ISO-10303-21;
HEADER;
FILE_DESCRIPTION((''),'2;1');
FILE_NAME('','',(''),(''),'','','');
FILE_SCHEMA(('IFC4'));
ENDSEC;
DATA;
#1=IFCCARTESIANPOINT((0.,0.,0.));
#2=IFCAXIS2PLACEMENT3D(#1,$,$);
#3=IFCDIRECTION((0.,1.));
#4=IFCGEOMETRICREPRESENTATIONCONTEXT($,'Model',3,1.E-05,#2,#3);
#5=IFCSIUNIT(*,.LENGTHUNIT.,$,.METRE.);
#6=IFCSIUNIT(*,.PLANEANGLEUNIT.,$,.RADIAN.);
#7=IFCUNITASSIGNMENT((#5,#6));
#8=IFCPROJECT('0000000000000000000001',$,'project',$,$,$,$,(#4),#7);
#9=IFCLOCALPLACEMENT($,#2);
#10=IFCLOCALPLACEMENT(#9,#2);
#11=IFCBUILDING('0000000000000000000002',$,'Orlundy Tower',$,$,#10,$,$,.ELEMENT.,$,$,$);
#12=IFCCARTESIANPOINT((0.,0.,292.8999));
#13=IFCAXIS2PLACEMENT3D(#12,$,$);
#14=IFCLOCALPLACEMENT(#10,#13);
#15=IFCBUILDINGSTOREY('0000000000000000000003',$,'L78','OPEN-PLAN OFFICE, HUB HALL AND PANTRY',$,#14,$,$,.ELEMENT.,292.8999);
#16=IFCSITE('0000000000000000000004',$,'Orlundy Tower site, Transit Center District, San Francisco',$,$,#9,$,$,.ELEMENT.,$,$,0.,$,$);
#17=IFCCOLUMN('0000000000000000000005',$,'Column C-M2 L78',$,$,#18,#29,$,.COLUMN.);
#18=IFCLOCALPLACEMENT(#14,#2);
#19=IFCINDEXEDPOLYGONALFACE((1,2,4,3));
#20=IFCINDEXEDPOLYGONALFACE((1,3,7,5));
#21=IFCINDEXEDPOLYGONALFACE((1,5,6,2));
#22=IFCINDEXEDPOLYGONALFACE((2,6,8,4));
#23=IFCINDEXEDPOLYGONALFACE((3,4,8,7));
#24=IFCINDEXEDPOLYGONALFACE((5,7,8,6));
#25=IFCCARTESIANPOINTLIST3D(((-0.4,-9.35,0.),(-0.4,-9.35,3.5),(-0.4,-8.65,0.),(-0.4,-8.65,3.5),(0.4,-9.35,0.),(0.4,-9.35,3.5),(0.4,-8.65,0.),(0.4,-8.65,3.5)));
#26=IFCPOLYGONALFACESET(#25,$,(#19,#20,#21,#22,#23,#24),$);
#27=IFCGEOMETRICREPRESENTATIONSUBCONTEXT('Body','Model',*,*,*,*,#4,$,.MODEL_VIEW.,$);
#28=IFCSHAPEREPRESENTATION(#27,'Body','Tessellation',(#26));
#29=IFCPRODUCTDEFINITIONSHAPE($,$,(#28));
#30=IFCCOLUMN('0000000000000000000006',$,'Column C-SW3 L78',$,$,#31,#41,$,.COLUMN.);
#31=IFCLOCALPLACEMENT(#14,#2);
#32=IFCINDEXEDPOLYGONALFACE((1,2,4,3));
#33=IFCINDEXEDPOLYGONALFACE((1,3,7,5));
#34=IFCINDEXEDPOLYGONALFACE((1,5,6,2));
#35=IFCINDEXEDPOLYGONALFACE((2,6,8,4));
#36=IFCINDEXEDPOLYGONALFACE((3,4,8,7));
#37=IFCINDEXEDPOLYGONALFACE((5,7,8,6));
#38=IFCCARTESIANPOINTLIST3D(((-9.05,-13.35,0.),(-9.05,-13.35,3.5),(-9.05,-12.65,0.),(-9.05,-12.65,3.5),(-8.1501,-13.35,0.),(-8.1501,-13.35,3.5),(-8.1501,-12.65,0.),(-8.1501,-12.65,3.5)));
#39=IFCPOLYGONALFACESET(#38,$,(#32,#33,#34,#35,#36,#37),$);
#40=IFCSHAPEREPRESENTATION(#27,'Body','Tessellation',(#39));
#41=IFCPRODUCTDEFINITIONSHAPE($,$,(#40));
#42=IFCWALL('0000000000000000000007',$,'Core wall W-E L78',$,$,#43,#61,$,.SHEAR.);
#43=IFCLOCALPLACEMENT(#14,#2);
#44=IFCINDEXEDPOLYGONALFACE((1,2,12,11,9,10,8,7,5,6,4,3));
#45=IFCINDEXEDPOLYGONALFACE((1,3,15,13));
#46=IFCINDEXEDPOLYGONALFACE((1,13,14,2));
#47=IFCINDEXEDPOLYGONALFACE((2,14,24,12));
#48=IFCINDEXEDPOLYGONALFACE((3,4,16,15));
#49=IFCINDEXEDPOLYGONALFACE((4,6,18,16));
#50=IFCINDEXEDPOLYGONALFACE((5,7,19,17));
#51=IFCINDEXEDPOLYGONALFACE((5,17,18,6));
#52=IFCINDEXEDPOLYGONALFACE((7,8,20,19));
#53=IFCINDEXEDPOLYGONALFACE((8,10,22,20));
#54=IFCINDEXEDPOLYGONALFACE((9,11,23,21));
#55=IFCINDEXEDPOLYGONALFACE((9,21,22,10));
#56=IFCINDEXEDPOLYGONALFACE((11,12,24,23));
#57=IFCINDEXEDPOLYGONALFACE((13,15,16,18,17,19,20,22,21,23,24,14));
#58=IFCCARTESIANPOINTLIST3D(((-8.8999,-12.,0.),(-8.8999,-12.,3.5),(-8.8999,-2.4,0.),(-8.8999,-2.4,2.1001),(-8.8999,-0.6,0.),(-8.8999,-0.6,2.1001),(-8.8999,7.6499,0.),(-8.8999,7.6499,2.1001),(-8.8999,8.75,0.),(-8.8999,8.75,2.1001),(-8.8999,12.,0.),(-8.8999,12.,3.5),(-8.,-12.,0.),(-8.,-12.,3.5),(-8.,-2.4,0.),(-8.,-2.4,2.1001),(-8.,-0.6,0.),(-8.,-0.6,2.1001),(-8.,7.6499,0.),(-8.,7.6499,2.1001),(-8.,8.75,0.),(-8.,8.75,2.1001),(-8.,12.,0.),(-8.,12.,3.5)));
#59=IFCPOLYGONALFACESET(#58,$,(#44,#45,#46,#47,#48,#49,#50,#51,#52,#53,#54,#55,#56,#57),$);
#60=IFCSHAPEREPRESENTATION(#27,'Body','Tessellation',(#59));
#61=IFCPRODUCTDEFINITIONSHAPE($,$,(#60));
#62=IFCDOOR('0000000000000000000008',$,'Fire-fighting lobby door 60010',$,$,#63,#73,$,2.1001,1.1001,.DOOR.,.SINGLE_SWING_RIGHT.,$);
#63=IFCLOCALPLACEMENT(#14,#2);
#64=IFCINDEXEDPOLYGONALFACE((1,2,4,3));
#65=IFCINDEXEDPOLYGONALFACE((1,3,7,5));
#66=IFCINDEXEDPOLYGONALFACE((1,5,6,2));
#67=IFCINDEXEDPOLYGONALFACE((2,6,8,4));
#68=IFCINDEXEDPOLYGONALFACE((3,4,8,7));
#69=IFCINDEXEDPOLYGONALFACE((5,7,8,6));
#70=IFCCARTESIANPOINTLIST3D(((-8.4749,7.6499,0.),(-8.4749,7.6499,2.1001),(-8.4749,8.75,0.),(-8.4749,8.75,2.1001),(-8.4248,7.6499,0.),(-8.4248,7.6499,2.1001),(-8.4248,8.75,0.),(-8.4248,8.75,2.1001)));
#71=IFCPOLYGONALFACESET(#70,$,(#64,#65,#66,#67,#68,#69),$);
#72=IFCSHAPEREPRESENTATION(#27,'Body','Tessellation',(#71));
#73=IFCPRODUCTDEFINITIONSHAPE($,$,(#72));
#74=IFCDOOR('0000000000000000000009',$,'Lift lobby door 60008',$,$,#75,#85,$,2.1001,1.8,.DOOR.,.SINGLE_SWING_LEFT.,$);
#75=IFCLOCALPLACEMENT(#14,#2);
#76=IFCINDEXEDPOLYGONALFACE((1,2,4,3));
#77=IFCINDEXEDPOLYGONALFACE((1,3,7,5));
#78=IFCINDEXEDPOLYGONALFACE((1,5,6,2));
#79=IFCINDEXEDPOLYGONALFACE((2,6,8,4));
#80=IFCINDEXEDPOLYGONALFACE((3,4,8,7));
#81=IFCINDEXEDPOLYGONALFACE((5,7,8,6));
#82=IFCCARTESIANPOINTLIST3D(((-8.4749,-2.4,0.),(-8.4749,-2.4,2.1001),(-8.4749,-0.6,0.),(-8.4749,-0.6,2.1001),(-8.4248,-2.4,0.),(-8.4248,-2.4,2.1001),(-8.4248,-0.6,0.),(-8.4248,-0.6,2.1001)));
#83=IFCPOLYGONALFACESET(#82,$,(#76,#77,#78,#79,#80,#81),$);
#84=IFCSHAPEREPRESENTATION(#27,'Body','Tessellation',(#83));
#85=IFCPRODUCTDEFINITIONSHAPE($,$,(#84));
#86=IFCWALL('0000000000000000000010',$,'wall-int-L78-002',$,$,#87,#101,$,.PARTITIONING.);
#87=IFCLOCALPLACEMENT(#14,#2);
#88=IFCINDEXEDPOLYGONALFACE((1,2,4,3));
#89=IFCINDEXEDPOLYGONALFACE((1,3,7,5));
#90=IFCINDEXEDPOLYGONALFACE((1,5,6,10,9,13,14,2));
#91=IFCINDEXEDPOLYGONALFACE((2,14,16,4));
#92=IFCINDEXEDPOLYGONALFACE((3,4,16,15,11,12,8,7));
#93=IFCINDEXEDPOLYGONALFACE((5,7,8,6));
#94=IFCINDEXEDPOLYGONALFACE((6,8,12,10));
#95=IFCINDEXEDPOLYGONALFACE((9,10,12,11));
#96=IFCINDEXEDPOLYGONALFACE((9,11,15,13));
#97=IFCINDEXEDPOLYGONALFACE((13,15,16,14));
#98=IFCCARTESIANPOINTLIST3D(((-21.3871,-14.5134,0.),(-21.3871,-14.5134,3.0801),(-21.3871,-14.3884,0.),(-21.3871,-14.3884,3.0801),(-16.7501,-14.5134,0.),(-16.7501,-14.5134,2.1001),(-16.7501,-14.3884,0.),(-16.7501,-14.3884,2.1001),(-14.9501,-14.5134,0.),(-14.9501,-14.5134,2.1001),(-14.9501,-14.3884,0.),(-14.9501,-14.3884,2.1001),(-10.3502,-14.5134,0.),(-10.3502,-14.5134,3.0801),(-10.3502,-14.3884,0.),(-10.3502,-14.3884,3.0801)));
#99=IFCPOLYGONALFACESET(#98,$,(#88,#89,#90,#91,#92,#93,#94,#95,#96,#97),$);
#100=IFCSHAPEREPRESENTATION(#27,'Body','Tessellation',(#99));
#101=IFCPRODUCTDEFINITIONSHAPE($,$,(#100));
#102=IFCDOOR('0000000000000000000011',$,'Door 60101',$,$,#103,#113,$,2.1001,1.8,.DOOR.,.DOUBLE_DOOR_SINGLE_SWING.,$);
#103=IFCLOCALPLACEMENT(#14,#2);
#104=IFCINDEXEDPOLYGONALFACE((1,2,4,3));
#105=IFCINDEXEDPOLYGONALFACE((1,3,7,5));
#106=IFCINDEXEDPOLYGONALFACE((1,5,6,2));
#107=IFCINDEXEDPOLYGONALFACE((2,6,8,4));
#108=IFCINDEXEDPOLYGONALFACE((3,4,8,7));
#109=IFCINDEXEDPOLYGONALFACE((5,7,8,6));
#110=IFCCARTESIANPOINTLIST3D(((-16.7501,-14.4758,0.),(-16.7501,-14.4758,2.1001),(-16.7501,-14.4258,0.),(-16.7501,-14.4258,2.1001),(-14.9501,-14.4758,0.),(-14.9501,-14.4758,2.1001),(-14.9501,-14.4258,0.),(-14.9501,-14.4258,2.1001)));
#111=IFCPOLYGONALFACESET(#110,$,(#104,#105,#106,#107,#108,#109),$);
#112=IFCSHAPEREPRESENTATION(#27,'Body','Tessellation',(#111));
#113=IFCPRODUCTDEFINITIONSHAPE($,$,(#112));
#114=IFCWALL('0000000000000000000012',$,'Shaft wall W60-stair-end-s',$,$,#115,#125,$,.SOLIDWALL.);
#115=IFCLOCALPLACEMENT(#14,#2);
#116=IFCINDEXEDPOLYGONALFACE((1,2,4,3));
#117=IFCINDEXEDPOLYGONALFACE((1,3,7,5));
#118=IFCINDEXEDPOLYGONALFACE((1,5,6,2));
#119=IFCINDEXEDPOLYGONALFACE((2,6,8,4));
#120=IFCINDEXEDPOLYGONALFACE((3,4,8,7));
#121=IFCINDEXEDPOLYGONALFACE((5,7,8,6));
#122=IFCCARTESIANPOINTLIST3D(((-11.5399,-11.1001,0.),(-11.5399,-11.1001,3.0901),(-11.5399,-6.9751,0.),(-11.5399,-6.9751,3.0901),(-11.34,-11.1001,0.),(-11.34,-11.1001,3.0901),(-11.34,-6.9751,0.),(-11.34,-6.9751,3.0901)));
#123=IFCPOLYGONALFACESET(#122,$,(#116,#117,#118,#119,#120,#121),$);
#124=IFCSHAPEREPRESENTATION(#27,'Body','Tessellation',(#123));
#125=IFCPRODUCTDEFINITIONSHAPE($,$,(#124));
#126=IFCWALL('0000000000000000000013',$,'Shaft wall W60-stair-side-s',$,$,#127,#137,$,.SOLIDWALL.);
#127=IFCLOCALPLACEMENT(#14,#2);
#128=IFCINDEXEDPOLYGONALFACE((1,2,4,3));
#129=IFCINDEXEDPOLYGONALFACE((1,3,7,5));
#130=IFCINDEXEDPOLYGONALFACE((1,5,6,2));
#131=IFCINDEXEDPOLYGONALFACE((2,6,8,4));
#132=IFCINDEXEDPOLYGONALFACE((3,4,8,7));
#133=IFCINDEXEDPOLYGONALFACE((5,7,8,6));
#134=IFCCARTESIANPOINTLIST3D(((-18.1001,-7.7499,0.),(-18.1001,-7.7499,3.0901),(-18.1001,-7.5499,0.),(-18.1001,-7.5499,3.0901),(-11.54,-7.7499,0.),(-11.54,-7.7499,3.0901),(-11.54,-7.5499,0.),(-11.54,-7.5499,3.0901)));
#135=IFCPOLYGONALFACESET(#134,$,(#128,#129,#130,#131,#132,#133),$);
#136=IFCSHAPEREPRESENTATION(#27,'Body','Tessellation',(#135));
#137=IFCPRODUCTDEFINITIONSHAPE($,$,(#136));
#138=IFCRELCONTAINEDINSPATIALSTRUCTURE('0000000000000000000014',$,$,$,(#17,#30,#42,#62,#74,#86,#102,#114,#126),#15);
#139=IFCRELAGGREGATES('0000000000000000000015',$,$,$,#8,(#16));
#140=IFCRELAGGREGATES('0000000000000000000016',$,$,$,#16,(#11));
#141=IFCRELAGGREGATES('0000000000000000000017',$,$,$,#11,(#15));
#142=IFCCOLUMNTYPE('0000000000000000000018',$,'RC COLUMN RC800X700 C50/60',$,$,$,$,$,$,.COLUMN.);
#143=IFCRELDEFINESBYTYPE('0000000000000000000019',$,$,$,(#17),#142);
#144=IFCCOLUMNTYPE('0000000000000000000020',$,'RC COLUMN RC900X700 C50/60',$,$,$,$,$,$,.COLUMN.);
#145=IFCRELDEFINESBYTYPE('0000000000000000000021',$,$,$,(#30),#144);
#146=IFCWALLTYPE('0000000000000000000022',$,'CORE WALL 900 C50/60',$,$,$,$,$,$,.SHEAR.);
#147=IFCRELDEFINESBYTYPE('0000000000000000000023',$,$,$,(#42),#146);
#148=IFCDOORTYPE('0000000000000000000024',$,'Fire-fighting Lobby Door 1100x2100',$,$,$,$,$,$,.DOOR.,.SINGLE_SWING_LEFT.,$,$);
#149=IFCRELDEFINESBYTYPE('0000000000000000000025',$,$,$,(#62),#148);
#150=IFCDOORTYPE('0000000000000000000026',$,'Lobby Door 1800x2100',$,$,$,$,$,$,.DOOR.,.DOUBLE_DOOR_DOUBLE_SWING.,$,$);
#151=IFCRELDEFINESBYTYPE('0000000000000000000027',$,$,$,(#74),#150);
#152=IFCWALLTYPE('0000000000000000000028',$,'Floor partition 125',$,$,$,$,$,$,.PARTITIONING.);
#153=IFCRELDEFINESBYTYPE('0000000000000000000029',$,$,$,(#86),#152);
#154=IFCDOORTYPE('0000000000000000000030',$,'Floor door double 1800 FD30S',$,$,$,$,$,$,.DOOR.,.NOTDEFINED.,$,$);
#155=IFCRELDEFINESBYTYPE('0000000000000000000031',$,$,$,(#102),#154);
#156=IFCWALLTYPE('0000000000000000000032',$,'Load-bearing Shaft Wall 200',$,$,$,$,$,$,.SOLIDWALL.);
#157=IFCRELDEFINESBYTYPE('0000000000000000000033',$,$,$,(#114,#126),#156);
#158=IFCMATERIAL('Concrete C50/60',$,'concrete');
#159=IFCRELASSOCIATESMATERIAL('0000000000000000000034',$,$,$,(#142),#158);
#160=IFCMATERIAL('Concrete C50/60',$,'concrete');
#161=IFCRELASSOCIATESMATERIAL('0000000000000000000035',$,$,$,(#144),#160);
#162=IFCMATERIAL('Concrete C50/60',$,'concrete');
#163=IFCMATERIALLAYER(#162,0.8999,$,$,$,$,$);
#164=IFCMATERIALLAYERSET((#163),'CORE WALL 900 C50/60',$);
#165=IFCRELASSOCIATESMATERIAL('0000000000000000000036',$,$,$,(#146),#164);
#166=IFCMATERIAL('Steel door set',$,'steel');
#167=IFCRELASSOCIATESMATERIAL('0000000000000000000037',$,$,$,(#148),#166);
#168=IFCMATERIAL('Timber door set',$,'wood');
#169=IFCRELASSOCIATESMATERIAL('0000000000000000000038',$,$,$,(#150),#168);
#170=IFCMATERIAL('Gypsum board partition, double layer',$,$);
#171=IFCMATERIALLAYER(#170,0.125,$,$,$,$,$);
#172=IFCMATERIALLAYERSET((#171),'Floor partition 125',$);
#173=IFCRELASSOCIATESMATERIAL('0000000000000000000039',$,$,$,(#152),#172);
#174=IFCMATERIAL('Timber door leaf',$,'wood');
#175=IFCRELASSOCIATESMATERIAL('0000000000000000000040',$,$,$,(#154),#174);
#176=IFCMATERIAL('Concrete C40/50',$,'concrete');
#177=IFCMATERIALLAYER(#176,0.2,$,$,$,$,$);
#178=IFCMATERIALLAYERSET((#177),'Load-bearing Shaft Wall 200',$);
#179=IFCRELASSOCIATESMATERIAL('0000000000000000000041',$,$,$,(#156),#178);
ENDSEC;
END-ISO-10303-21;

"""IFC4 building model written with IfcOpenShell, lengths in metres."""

from ifc_helpers import new_model, si_unit, direction, frame, frame_2d, origin, origin_2d, place, context, subcontext, project, spatial, rectangle, extrude, material, layer, layer_set, material_profile, profile_set, type_object, element, fill, save


model = new_model("IFC4")

# Units and contexts
model_context = context("Model", 3, precision=1e-05, world=origin(), true_north=direction((0.0, 1.0)))
body_context = subcontext(model_context, "Body", "Model", "MODEL_VIEW")
ifc_project = project(units=[si_unit("LENGTHUNIT", "METRE"), si_unit("PLANEANGLEUNIT", "RADIAN")], contexts=[model_context])

# Site, building, storey
site_placement = place(None, origin())
site = spatial("IfcSite", under=ifc_project, at=site_placement, Name="Orlundy Tower site, Transit Center District, San Francisco", CompositionType="ELEMENT", RefElevation=0.0)
building_placement = place(site_placement, origin())
building = spatial("IfcBuilding", under=site, at=building_placement, Name="Orlundy Tower", CompositionType="ELEMENT")
storey_placement = place(building_placement, frame((0.0, 0.0, 292.8999)))
storey = spatial("IfcBuildingStorey", under=building, at=storey_placement, Name="L78", Description="OPEN-PLAN OFFICE, HUB HALL AND PANTRY", CompositionType="ELEMENT", Elevation=292.8999)

# Columns
ifc_material_1 = material(Name="Concrete C50/60", Category="concrete")
ifc_material_profile_1 = material_profile(ifc_material_1, rectangle(XDim=0.8, YDim=0.7, at=origin_2d()), Name="RC800X700")
ifc_profile_set_1 = profile_set([ifc_material_profile_1], Name="Concrete C50/60")
column_type_1 = type_object("IfcColumnType", Name="RC COLUMN RC800X700 C50/60", PredefinedType="COLUMN", material=ifc_profile_set_1)
column_1_placement = place(storey_placement, frame((0.0, -9.0, 0.0), z_axis=(0.0, 0.0, 1.0), x_axis=(1.0, 0.0, 0.0)))
element("IfcColumn", 1, at=column_1_placement, inside=storey, type_object=column_type_1, Name="Column C-M2 L78", PredefinedType="COLUMN", context=body_context, shape_type="SweptSolid", body=[
    extrude(rectangle(XDim=0.8, YDim=0.7, at=origin_2d()), origin(), (0.0, 0.0, 1.0), 3.5),
])
ifc_material_2 = material(Name="Concrete C50/60", Category="concrete")
ifc_material_profile_2 = material_profile(ifc_material_2, rectangle(XDim=0.8999, YDim=0.7, at=origin_2d()), Name="RC900X700")
ifc_profile_set_2 = profile_set([ifc_material_profile_2], Name="Concrete C50/60")
column_type_2 = type_object("IfcColumnType", Name="RC COLUMN RC900X700 C50/60", PredefinedType="COLUMN", material=ifc_profile_set_2)
column_2_placement = place(storey_placement, frame((-8.6001, -13.0, 0.0), z_axis=(0.0, 0.0, 1.0), x_axis=(1.0, 0.0, 0.0)))
element("IfcColumn", 2, at=column_2_placement, inside=storey, type_object=column_type_2, Name="Column C-SW3 L78", PredefinedType="COLUMN", context=body_context, shape_type="SweptSolid", body=[
    extrude(rectangle(XDim=0.8999, YDim=0.7, at=origin_2d()), origin(), (0.0, 0.0, 1.0), 3.5),
])

# Wall, openings, doors
ifc_material_3 = material(Name="Concrete C50/60", Category="concrete")
ifc_layer_1 = layer(ifc_material_3, 0.8999)
ifc_layer_set_1 = layer_set([ifc_layer_1], Name="CORE WALL 900 C50/60")
wall_type_1 = type_object("IfcWallType", Name="CORE WALL 900 C50/60", PredefinedType="SHEAR", material=ifc_layer_set_1)
wall_1_placement = place(storey_placement, frame((-8.45, -12.0, 0.0), z_axis=(0.0, 0.0, 1.0), x_axis=(0.0, 1.0, 0.0)))
wall_1 = element("IfcWall", 3, at=wall_1_placement, inside=storey, type_object=wall_type_1, Name="Core wall W-E L78", PredefinedType="SHEAR", context=body_context, shape_type="SweptSolid", body=[
    extrude(rectangle(XDim=24.0, YDim=0.8999, at=frame_2d((12.0, 0.0))), origin(), (0.0, 0.0, 1.0), 3.5),
])
opening_1_placement = place(wall_1_placement, frame((9.6001, 0.0, 0.0)))
opening_1 = element("IfcOpeningElement", 4, at=opening_1_placement, cuts=wall_1, PredefinedType="OPENING", context=body_context, shape_type="SweptSolid", body=[
    extrude(rectangle(XDim=1.8, YDim=2.1001, at=frame_2d((0.8999, 1.05))), frame((0.0, 0.46, 0.0), z_axis=(0.0, -1.0, 0.0), x_axis=(1.0, 0.0, 0.0)), (0.0, 0.0, 1.0), 0.9199),
])
opening_2_placement = place(wall_1_placement, frame((19.6499, 0.0, 0.0)))
opening_2 = element("IfcOpeningElement", 5, at=opening_2_placement, cuts=wall_1, PredefinedType="OPENING", context=body_context, shape_type="SweptSolid", body=[
    extrude(rectangle(XDim=1.1001, YDim=2.1001, at=frame_2d((0.55, 1.05))), frame((0.0, 0.46, 0.0), z_axis=(0.0, -1.0, 0.0), x_axis=(1.0, 0.0, 0.0)), (0.0, 0.0, 1.0), 0.9199),
])
ifc_material_4 = material(Name="Steel door set", Category="steel")
door_type_1 = type_object("IfcDoorType", Name="Fire-fighting Lobby Door 1100x2100", OperationType="SINGLE_SWING_LEFT", PredefinedType="DOOR", material=ifc_material_4)
door_1_placement = place(opening_2_placement, origin())
door_1 = element("IfcDoor", 6, at=door_1_placement, inside=storey, type_object=door_type_1, Name="Fire-fighting lobby door 60010", OperationType="SINGLE_SWING_RIGHT", OverallHeight=2.1001, OverallWidth=1.1001, PredefinedType="DOOR", context=body_context, shape_type="SweptSolid", body=[
    extrude(rectangle(XDim=1.1001, YDim=2.1001, at=frame_2d((0.55, 1.05))), frame((0.0, 0.0249, 0.0), z_axis=(0.0, -1.0, 0.0), x_axis=(1.0, 0.0, 0.0)), (0.0, 0.0, 1.0), 0.05),
])
fill(opening_2, door_1)
ifc_material_5 = material(Name="Timber door set", Category="wood")
door_type_2 = type_object("IfcDoorType", Name="Lobby Door 1800x2100", OperationType="DOUBLE_DOOR_DOUBLE_SWING", PredefinedType="DOOR", material=ifc_material_5)
door_2_placement = place(opening_1_placement, origin())
door_2 = element("IfcDoor", 7, at=door_2_placement, inside=storey, type_object=door_type_2, Name="Lift lobby door 60008", OperationType="SINGLE_SWING_LEFT", OverallHeight=2.1001, OverallWidth=1.8, PredefinedType="DOOR", context=body_context, shape_type="SweptSolid", body=[
    extrude(rectangle(XDim=1.8, YDim=2.1001, at=frame_2d((0.8999, 1.05))), frame((0.0, 0.0249, 0.0), z_axis=(0.0, -1.0, 0.0), x_axis=(1.0, 0.0, 0.0)), (0.0, 0.0, 1.0), 0.05),
])
fill(opening_1, door_2)

# Wall, opening, door
ifc_material_6 = material(Name="Gypsum board partition, double layer")
ifc_layer_2 = layer(ifc_material_6, 0.125)
ifc_layer_set_2 = layer_set([ifc_layer_2], Name="Floor partition 125")
wall_type_2 = type_object("IfcWallType", Name="Floor partition 125", PredefinedType="PARTITIONING", material=ifc_layer_set_2)
wall_2_placement = place(storey_placement, frame((-10.3501, -14.4509, 0.0), z_axis=(0.0, 0.0, 1.0), x_axis=(-1.0, 0.0, 0.0)))
wall_2 = element("IfcWall", 8, at=wall_2_placement, inside=storey, type_object=wall_type_2, Name="wall-int-L78-002", PredefinedType="PARTITIONING", context=body_context, shape_type="SweptSolid", body=[
    extrude(rectangle(XDim=11.0369, YDim=0.125, at=frame_2d((5.5186, 0.0))), origin(), (0.0, 0.0, 1.0), 3.0801),
])
opening_3_placement = place(wall_2_placement, frame((4.6001, 0.0, 0.0)))
opening_3 = element("IfcOpeningElement", 9, at=opening_3_placement, cuts=wall_2, PredefinedType="OPENING", context=body_context, shape_type="SweptSolid", body=[
    extrude(rectangle(XDim=1.8, YDim=2.1001, at=frame_2d((0.8999, 1.05))), frame((0.0, 0.0725, 0.0), z_axis=(0.0, -1.0, 0.0), x_axis=(1.0, 0.0, 0.0)), (0.0, 0.0, 1.0), 0.145),
])
ifc_material_7 = material(Name="Timber door leaf", Category="wood")
door_type_3 = type_object("IfcDoorType", Name="Floor door double 1800 FD30S", OperationType="NOTDEFINED", PredefinedType="DOOR", material=ifc_material_7)
door_3_placement = place(opening_3_placement, origin())
door_3 = element("IfcDoor", 10, at=door_3_placement, inside=storey, type_object=door_type_3, Name="Door 60101", OperationType="DOUBLE_DOOR_SINGLE_SWING", OverallHeight=2.1001, OverallWidth=1.8, PredefinedType="DOOR", context=body_context, shape_type="SweptSolid", body=[
    extrude(rectangle(XDim=1.8, YDim=2.1001, at=frame_2d((0.8999, 1.05))), frame((0.0, 0.0249, 0.0), z_axis=(0.0, -1.0, 0.0), x_axis=(1.0, 0.0, 0.0)), (0.0, 0.0, 1.0), 0.05),
])
fill(opening_3, door_3)

# Walls
ifc_material_8 = material(Name="Concrete C40/50", Category="concrete")
ifc_layer_3 = layer(ifc_material_8, 0.2)
ifc_layer_set_3 = layer_set([ifc_layer_3], Name="Load-bearing Shaft Wall 200")
wall_type_3 = type_object("IfcWallType", Name="Load-bearing Shaft Wall 200", PredefinedType="SOLIDWALL", material=ifc_layer_set_3)
wall_3_placement = place(storey_placement, frame((-11.4399, -11.1001, 0.0), z_axis=(0.0, 0.0, 1.0), x_axis=(0.0, 1.0, 0.0)))
element("IfcWall", 11, at=wall_3_placement, inside=storey, type_object=wall_type_3, Name="Shaft wall W60-stair-end-s", PredefinedType="SOLIDWALL", context=body_context, shape_type="SweptSolid", body=[
    extrude(rectangle(XDim=4.125, YDim=0.2, at=frame_2d((2.0625, 0.0))), origin(), (0.0, 0.0, 1.0), 3.0901),
])
wall_4_placement = place(storey_placement, frame((-11.54, -7.6499, 0.0), z_axis=(0.0, 0.0, 1.0), x_axis=(-1.0, 0.0, 0.0)))
element("IfcWall", 12, at=wall_4_placement, inside=storey, type_object=wall_type_3, Name="Shaft wall W60-stair-side-s", PredefinedType="SOLIDWALL", context=body_context, shape_type="SweptSolid", body=[
    extrude(rectangle(XDim=6.5601, YDim=0.2, at=frame_2d((3.28, 0.0))), origin(), (0.0, 0.0, 1.0), 3.0901),
])

save(model, "model.ifc")
